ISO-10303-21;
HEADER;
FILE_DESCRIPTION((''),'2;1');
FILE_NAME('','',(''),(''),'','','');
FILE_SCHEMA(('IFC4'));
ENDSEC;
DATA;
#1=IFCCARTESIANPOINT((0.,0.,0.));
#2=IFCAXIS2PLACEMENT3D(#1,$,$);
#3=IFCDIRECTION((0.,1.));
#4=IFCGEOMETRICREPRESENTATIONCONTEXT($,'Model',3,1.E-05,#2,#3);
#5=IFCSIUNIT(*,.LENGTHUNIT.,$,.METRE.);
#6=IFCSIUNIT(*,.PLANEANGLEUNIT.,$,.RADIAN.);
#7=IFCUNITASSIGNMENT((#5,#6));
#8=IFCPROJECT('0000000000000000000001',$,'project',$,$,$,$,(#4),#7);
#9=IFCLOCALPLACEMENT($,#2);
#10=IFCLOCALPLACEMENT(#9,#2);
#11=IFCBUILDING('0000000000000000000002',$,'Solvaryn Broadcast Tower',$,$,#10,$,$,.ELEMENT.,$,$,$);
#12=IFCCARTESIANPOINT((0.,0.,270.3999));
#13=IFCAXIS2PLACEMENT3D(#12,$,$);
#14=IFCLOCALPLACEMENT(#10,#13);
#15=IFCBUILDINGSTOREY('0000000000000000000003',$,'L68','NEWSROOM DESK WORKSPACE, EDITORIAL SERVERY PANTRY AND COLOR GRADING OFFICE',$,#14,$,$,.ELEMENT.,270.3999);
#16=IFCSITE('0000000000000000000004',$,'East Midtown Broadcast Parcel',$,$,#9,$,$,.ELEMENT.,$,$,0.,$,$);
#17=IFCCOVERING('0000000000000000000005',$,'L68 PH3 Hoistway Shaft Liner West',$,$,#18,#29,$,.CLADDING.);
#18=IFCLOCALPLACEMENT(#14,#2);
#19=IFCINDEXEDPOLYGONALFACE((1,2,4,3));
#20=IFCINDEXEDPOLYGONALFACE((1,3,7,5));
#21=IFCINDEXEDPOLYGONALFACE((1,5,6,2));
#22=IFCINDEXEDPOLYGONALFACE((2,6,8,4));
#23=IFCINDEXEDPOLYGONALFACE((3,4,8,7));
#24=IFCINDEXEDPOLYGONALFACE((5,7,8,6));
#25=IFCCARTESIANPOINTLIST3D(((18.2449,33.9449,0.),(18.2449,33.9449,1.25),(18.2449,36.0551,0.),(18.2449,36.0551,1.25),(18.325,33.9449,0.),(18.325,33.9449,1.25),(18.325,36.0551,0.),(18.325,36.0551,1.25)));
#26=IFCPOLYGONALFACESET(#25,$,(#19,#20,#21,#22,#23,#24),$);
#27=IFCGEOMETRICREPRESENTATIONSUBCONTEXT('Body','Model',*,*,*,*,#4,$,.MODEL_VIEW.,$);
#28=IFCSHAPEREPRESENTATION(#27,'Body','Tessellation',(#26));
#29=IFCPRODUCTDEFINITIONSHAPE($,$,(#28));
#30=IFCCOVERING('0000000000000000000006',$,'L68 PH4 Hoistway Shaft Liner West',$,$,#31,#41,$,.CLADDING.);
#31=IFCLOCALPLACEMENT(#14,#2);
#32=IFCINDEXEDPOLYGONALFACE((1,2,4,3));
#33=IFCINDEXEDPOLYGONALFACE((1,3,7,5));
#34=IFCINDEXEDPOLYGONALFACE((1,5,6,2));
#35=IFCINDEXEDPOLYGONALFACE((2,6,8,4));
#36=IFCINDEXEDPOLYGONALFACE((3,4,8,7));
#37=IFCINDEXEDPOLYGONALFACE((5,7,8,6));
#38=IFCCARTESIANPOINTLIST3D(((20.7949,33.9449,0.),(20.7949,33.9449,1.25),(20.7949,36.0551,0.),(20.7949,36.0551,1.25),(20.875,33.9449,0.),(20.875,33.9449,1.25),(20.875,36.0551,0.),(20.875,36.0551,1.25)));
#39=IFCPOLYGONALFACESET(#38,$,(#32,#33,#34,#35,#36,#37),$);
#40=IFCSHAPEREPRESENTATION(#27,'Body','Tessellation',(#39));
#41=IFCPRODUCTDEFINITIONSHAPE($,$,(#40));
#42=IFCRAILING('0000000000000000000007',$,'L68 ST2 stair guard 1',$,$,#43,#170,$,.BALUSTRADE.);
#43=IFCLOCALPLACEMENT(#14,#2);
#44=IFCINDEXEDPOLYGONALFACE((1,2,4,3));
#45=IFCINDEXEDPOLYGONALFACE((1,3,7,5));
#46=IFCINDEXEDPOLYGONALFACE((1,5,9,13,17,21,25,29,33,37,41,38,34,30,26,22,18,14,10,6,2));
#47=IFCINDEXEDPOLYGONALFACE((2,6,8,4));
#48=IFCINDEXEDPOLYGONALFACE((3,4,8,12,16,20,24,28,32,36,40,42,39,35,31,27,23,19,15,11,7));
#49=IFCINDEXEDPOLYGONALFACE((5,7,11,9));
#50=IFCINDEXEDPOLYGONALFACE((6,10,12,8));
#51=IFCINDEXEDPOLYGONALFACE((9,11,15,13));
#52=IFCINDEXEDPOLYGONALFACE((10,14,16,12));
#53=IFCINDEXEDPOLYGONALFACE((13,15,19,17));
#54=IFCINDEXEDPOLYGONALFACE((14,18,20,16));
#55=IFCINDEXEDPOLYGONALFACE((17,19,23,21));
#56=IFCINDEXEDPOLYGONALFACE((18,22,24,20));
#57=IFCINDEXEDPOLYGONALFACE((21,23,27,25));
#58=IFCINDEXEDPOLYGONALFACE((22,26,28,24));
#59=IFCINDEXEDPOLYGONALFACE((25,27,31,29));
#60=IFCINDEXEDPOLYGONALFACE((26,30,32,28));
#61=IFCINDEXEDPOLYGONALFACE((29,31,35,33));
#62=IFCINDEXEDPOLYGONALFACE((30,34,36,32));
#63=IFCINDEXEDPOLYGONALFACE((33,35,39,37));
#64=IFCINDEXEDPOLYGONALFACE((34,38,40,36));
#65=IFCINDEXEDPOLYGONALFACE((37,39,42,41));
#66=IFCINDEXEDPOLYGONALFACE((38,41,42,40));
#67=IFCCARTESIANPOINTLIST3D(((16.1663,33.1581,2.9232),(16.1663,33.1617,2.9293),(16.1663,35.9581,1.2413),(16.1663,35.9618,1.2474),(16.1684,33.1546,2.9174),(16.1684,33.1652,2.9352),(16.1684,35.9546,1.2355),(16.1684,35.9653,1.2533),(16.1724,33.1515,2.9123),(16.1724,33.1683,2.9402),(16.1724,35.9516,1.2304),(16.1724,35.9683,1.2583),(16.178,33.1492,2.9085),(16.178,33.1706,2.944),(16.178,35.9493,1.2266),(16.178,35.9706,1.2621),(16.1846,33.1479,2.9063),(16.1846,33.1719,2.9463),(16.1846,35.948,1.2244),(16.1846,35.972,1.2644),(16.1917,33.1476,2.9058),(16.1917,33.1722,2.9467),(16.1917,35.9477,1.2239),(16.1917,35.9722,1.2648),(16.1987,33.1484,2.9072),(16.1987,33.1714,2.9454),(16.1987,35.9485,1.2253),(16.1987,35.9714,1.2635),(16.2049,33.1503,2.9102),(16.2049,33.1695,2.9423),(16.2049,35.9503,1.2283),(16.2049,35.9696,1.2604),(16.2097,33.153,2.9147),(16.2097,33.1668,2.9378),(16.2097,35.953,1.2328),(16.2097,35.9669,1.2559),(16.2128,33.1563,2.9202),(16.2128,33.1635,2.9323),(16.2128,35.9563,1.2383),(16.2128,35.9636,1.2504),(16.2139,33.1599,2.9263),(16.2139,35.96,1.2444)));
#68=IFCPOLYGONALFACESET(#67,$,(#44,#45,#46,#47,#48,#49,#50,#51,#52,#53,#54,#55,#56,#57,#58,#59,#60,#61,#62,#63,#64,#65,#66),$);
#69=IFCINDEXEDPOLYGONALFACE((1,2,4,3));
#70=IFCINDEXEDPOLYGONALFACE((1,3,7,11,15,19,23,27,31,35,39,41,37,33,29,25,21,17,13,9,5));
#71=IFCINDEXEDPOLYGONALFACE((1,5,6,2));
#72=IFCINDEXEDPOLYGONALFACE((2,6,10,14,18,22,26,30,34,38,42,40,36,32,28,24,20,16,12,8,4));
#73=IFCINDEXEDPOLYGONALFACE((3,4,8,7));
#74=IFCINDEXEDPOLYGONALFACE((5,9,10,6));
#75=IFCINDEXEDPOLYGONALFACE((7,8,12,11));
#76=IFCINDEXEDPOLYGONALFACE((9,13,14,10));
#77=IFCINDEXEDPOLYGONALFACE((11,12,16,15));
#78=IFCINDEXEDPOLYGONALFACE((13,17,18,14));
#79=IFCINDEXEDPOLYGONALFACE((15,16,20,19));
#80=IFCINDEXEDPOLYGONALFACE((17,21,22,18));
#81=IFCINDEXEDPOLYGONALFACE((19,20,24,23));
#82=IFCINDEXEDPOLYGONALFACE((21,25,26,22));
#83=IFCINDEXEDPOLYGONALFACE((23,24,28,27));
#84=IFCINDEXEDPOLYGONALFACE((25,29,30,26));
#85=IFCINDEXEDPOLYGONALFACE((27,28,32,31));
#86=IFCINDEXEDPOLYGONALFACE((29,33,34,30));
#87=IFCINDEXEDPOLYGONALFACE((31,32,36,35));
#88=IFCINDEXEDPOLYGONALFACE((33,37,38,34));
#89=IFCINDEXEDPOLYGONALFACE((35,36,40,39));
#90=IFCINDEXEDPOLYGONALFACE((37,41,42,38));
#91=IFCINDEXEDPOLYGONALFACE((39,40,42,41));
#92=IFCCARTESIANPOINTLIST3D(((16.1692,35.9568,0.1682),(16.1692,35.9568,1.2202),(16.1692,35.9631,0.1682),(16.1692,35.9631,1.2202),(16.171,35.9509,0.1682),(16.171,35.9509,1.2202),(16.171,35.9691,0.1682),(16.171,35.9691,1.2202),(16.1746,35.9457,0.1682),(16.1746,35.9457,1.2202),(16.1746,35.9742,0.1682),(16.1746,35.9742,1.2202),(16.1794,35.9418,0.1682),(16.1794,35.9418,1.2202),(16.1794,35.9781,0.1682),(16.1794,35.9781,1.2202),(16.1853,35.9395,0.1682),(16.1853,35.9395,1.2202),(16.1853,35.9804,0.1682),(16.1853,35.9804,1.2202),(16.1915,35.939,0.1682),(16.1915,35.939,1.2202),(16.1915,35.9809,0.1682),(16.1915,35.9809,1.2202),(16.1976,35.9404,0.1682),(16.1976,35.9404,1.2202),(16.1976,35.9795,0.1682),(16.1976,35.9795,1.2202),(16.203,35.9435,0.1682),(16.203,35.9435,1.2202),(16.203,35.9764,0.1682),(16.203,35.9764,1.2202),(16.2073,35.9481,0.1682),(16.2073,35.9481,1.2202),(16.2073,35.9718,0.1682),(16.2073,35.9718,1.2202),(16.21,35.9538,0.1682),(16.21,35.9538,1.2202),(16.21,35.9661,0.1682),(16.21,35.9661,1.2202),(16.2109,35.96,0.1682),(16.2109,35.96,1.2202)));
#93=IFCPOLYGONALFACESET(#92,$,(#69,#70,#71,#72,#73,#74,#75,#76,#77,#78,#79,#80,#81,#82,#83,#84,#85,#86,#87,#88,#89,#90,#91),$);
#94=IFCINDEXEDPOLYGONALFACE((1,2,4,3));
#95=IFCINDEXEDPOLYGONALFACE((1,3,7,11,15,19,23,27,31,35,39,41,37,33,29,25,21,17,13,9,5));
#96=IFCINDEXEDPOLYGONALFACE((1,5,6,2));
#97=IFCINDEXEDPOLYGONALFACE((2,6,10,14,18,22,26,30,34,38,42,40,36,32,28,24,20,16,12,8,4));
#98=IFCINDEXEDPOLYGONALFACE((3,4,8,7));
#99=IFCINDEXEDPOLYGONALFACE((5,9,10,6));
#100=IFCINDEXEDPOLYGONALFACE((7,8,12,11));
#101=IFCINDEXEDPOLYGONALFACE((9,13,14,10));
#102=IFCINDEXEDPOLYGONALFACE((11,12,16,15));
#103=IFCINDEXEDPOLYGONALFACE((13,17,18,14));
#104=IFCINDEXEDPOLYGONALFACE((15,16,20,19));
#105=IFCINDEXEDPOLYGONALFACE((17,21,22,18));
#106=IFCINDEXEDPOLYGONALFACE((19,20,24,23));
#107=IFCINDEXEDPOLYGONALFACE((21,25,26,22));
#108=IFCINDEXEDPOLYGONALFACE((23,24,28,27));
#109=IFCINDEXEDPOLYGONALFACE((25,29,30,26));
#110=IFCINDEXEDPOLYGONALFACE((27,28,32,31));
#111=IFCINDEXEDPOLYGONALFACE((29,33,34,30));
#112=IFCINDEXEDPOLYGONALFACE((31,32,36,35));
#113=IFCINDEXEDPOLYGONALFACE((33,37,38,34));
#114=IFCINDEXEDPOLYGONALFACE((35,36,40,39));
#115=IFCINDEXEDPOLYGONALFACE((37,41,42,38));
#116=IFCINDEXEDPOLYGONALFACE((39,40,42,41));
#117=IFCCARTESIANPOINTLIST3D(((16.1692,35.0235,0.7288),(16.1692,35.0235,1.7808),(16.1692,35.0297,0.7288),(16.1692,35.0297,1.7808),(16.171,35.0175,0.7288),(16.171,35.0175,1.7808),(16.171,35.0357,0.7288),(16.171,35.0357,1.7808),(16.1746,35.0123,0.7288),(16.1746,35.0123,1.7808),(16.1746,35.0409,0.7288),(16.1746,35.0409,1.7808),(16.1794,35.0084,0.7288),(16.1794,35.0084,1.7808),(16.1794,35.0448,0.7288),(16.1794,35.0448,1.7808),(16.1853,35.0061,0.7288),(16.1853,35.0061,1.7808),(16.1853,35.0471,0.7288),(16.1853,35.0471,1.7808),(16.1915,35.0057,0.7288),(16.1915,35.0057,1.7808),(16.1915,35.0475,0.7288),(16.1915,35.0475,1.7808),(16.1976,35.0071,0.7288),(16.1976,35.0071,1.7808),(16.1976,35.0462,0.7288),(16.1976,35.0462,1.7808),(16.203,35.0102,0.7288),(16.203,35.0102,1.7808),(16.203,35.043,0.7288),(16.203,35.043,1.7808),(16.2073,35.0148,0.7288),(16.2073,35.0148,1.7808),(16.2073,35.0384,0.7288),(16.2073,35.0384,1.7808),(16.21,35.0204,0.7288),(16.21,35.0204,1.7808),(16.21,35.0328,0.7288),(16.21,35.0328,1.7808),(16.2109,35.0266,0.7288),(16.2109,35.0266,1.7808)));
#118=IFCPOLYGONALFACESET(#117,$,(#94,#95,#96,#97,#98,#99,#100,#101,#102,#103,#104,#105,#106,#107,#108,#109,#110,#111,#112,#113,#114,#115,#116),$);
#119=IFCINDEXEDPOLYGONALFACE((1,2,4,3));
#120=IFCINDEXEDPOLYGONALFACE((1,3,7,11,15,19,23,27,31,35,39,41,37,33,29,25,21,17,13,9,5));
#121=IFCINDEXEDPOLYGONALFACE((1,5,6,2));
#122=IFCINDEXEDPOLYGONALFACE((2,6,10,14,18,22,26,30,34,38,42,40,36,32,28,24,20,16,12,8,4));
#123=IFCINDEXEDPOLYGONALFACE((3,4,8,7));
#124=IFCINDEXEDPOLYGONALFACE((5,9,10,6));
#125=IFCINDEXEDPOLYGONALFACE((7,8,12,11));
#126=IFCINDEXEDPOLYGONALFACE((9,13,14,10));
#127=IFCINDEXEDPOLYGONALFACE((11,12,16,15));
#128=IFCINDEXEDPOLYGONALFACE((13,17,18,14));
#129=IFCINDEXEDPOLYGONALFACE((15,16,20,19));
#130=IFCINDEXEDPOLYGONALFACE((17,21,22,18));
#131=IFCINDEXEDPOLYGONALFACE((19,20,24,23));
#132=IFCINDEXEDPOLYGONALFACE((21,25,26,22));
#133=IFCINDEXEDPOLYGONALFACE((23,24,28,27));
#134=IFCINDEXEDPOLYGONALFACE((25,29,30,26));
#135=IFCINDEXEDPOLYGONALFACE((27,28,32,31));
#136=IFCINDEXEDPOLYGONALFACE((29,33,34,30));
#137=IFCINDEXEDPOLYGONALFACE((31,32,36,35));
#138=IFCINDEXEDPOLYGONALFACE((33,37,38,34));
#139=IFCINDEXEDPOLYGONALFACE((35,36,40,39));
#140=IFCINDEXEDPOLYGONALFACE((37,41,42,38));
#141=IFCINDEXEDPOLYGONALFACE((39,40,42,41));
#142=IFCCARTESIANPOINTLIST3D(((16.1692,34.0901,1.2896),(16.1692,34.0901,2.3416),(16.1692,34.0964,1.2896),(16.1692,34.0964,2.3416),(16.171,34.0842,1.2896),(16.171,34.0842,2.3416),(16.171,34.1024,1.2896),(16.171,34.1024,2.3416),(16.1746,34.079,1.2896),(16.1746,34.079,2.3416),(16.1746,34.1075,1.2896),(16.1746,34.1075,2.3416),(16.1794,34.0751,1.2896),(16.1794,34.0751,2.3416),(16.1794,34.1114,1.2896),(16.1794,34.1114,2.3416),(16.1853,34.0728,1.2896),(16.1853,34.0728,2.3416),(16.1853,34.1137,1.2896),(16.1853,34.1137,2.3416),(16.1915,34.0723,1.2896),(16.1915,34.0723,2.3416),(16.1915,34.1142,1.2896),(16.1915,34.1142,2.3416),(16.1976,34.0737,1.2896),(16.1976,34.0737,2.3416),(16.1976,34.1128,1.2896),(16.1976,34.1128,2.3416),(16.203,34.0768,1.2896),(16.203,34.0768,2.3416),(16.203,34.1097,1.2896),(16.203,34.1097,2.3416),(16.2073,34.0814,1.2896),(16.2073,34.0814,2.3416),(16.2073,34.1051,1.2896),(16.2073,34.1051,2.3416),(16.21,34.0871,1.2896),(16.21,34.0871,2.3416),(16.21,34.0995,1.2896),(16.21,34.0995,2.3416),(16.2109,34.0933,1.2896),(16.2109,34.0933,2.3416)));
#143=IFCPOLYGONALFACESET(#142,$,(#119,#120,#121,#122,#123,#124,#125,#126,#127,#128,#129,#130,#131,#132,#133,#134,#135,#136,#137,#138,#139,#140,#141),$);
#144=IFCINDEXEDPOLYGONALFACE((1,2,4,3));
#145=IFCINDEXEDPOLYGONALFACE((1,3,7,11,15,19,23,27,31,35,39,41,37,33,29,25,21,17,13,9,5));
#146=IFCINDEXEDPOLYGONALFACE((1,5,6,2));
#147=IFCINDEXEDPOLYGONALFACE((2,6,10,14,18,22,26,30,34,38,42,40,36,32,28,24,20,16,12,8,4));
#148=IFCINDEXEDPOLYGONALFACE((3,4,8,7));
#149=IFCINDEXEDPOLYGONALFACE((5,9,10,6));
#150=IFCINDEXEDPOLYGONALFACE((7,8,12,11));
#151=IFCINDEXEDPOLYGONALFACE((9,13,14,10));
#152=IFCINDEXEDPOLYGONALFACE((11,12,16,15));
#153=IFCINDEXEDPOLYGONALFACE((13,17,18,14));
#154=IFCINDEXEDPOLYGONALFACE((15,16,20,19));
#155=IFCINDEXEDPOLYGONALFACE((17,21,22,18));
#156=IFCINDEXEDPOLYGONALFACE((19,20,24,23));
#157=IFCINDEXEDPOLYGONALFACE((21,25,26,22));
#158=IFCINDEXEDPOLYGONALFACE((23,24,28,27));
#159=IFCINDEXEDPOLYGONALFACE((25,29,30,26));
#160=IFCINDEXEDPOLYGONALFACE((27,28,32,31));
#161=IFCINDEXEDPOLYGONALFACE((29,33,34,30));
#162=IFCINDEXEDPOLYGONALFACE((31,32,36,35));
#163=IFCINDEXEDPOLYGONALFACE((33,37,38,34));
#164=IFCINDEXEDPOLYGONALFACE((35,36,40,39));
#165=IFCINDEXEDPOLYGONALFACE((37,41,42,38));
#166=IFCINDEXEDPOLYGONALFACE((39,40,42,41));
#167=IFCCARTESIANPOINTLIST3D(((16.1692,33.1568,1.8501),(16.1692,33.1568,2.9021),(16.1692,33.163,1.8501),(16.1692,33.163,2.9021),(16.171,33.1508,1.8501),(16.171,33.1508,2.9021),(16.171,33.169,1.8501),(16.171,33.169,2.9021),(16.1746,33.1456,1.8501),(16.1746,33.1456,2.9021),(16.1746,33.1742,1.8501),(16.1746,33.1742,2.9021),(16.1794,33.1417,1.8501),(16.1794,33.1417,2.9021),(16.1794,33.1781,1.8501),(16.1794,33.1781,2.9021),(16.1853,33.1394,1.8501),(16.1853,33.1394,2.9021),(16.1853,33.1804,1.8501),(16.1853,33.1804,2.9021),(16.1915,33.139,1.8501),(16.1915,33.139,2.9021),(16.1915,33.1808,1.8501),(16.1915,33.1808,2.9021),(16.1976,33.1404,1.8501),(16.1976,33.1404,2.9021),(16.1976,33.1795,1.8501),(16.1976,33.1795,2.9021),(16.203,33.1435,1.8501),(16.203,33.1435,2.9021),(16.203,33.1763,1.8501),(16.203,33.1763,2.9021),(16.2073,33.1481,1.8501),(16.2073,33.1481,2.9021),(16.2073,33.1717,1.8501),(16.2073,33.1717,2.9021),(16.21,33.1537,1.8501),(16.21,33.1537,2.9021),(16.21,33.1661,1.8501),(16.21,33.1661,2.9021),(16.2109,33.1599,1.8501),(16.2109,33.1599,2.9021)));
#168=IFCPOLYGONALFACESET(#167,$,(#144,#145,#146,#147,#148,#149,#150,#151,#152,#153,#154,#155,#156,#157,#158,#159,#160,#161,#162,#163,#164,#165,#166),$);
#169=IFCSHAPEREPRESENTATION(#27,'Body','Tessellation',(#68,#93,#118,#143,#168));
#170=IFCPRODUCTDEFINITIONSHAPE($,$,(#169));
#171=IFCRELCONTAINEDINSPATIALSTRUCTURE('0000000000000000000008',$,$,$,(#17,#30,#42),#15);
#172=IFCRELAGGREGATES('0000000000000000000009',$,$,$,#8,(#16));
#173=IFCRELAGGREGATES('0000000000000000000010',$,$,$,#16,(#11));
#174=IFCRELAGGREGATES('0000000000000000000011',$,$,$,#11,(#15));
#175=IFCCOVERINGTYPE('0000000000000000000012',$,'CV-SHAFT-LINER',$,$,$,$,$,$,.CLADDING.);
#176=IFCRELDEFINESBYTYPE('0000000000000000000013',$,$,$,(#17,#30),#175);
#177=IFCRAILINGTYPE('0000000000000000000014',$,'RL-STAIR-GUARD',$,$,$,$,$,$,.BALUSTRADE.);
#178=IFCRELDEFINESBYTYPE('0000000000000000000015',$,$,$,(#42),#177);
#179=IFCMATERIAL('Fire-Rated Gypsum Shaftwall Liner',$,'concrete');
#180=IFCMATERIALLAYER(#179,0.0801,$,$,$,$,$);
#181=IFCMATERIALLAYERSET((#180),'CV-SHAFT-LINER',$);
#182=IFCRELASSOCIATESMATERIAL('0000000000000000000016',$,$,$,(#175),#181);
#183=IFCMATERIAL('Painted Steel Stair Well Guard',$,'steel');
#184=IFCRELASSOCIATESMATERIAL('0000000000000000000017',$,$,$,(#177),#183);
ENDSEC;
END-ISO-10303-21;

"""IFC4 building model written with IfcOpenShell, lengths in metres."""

from ifc_helpers import new_model, si_unit, direction, frame, origin, origin_2d, place, context, subcontext, project, spatial, rectangle, circle, extrude, material, layer, layer_set, type_object, element, save


model = new_model("IFC4")

# Units and contexts
model_context = context("Model", 3, precision=1e-05, world=origin(), true_north=direction((0.0, 1.0)))
body_context = subcontext(model_context, "Body", "Model", "MODEL_VIEW")
ifc_project = project(units=[si_unit("LENGTHUNIT", "METRE"), si_unit("PLANEANGLEUNIT", "RADIAN")], contexts=[model_context])

# Site, building, storey
site_placement = place(None, origin())
site = spatial("IfcSite", under=ifc_project, at=site_placement, Name="East Midtown Broadcast Parcel", CompositionType="ELEMENT", RefElevation=0.0)
building_placement = place(site_placement, origin())
building = spatial("IfcBuilding", under=site, at=building_placement, Name="Solvaryn Broadcast Tower", CompositionType="ELEMENT")
storey_placement = place(building_placement, frame((0.0, 0.0, 270.3999)))
storey = spatial("IfcBuildingStorey", under=building, at=storey_placement, Name="L68", Description="NEWSROOM DESK WORKSPACE, EDITORIAL SERVERY PANTRY AND COLOR GRADING OFFICE", CompositionType="ELEMENT", Elevation=270.3999)

# Coverings
ifc_material_1 = material(Name="Fire-Rated Gypsum Shaftwall Liner", Category="concrete")
ifc_layer_1 = layer(ifc_material_1, 0.0801)
ifc_layer_set_1 = layer_set([ifc_layer_1], Name="CV-SHAFT-LINER")
covering_type = type_object("IfcCoveringType", Name="CV-SHAFT-LINER", PredefinedType="CLADDING", material=ifc_layer_set_1)
for number, where, z_axis, x_axis, name in (
    (1, (18.2849, 35.0, 0.0), (0.0, 0.0, 1.0), (1.0, 0.0, 0.0), "L68 PH3 Hoistway Shaft Liner West"),
    (2, (20.835, 35.0, 0.0), (0.0, 0.0, 1.0), (1.0, 0.0, 0.0), "L68 PH4 Hoistway Shaft Liner West"),
):
    element("IfcCovering", number, at=place(storey_placement, frame(where, z_axis=z_axis, x_axis=x_axis)), inside=storey, type_object=covering_type, Name=name, PredefinedType="CLADDING", context=body_context, shape_type="SweptSolid", body=[
        extrude(rectangle(XDim=0.0801, YDim=2.1101, at=origin_2d()), origin(), (0.0, 0.0, 1.0), 1.25),
    ])

# Railing
ifc_material_2 = material(Name="Painted Steel Stair Well Guard", Category="steel")
railing_type_1 = type_object("IfcRailingType", Name="RL-STAIR-GUARD", PredefinedType="BALUSTRADE", material=ifc_material_2)
railing_1_placement = place(storey_placement, frame((16.1899, 35.96, 0.1682)))
element("IfcRailing", 3, at=railing_1_placement, inside=storey, type_object=railing_type_1, Name="L68 ST2 stair guard 1", PredefinedType="BALUSTRADE", context=body_context, shape_type="SweptSolid", body=[
    extrude(circle(Radius=0.0239, at=origin_2d()), frame((0.0, 0.0, 1.0762), z_axis=(0.0, -0.857242, 0.514913), x_axis=(1.0, 0.0, 0.0)), (0.0, 0.0, 1.0), 3.2664),
    extrude(circle(Radius=0.021, at=origin_2d()), origin(), (0.0, 0.0, 1.0), 1.052),
    extrude(circle(Radius=0.021, at=origin_2d()), frame((0.0, -0.9333, 0.5605)), (0.0, 0.0, 1.0), 1.052),
    extrude(circle(Radius=0.021, at=origin_2d()), frame((0.0, -1.8667, 1.1213)), (0.0, 0.0, 1.0), 1.052),
    extrude(circle(Radius=0.021, at=origin_2d()), frame((0.0, -2.8, 1.6819)), (0.0, 0.0, 1.0), 1.052),
])

save(model, "model.ifc")
